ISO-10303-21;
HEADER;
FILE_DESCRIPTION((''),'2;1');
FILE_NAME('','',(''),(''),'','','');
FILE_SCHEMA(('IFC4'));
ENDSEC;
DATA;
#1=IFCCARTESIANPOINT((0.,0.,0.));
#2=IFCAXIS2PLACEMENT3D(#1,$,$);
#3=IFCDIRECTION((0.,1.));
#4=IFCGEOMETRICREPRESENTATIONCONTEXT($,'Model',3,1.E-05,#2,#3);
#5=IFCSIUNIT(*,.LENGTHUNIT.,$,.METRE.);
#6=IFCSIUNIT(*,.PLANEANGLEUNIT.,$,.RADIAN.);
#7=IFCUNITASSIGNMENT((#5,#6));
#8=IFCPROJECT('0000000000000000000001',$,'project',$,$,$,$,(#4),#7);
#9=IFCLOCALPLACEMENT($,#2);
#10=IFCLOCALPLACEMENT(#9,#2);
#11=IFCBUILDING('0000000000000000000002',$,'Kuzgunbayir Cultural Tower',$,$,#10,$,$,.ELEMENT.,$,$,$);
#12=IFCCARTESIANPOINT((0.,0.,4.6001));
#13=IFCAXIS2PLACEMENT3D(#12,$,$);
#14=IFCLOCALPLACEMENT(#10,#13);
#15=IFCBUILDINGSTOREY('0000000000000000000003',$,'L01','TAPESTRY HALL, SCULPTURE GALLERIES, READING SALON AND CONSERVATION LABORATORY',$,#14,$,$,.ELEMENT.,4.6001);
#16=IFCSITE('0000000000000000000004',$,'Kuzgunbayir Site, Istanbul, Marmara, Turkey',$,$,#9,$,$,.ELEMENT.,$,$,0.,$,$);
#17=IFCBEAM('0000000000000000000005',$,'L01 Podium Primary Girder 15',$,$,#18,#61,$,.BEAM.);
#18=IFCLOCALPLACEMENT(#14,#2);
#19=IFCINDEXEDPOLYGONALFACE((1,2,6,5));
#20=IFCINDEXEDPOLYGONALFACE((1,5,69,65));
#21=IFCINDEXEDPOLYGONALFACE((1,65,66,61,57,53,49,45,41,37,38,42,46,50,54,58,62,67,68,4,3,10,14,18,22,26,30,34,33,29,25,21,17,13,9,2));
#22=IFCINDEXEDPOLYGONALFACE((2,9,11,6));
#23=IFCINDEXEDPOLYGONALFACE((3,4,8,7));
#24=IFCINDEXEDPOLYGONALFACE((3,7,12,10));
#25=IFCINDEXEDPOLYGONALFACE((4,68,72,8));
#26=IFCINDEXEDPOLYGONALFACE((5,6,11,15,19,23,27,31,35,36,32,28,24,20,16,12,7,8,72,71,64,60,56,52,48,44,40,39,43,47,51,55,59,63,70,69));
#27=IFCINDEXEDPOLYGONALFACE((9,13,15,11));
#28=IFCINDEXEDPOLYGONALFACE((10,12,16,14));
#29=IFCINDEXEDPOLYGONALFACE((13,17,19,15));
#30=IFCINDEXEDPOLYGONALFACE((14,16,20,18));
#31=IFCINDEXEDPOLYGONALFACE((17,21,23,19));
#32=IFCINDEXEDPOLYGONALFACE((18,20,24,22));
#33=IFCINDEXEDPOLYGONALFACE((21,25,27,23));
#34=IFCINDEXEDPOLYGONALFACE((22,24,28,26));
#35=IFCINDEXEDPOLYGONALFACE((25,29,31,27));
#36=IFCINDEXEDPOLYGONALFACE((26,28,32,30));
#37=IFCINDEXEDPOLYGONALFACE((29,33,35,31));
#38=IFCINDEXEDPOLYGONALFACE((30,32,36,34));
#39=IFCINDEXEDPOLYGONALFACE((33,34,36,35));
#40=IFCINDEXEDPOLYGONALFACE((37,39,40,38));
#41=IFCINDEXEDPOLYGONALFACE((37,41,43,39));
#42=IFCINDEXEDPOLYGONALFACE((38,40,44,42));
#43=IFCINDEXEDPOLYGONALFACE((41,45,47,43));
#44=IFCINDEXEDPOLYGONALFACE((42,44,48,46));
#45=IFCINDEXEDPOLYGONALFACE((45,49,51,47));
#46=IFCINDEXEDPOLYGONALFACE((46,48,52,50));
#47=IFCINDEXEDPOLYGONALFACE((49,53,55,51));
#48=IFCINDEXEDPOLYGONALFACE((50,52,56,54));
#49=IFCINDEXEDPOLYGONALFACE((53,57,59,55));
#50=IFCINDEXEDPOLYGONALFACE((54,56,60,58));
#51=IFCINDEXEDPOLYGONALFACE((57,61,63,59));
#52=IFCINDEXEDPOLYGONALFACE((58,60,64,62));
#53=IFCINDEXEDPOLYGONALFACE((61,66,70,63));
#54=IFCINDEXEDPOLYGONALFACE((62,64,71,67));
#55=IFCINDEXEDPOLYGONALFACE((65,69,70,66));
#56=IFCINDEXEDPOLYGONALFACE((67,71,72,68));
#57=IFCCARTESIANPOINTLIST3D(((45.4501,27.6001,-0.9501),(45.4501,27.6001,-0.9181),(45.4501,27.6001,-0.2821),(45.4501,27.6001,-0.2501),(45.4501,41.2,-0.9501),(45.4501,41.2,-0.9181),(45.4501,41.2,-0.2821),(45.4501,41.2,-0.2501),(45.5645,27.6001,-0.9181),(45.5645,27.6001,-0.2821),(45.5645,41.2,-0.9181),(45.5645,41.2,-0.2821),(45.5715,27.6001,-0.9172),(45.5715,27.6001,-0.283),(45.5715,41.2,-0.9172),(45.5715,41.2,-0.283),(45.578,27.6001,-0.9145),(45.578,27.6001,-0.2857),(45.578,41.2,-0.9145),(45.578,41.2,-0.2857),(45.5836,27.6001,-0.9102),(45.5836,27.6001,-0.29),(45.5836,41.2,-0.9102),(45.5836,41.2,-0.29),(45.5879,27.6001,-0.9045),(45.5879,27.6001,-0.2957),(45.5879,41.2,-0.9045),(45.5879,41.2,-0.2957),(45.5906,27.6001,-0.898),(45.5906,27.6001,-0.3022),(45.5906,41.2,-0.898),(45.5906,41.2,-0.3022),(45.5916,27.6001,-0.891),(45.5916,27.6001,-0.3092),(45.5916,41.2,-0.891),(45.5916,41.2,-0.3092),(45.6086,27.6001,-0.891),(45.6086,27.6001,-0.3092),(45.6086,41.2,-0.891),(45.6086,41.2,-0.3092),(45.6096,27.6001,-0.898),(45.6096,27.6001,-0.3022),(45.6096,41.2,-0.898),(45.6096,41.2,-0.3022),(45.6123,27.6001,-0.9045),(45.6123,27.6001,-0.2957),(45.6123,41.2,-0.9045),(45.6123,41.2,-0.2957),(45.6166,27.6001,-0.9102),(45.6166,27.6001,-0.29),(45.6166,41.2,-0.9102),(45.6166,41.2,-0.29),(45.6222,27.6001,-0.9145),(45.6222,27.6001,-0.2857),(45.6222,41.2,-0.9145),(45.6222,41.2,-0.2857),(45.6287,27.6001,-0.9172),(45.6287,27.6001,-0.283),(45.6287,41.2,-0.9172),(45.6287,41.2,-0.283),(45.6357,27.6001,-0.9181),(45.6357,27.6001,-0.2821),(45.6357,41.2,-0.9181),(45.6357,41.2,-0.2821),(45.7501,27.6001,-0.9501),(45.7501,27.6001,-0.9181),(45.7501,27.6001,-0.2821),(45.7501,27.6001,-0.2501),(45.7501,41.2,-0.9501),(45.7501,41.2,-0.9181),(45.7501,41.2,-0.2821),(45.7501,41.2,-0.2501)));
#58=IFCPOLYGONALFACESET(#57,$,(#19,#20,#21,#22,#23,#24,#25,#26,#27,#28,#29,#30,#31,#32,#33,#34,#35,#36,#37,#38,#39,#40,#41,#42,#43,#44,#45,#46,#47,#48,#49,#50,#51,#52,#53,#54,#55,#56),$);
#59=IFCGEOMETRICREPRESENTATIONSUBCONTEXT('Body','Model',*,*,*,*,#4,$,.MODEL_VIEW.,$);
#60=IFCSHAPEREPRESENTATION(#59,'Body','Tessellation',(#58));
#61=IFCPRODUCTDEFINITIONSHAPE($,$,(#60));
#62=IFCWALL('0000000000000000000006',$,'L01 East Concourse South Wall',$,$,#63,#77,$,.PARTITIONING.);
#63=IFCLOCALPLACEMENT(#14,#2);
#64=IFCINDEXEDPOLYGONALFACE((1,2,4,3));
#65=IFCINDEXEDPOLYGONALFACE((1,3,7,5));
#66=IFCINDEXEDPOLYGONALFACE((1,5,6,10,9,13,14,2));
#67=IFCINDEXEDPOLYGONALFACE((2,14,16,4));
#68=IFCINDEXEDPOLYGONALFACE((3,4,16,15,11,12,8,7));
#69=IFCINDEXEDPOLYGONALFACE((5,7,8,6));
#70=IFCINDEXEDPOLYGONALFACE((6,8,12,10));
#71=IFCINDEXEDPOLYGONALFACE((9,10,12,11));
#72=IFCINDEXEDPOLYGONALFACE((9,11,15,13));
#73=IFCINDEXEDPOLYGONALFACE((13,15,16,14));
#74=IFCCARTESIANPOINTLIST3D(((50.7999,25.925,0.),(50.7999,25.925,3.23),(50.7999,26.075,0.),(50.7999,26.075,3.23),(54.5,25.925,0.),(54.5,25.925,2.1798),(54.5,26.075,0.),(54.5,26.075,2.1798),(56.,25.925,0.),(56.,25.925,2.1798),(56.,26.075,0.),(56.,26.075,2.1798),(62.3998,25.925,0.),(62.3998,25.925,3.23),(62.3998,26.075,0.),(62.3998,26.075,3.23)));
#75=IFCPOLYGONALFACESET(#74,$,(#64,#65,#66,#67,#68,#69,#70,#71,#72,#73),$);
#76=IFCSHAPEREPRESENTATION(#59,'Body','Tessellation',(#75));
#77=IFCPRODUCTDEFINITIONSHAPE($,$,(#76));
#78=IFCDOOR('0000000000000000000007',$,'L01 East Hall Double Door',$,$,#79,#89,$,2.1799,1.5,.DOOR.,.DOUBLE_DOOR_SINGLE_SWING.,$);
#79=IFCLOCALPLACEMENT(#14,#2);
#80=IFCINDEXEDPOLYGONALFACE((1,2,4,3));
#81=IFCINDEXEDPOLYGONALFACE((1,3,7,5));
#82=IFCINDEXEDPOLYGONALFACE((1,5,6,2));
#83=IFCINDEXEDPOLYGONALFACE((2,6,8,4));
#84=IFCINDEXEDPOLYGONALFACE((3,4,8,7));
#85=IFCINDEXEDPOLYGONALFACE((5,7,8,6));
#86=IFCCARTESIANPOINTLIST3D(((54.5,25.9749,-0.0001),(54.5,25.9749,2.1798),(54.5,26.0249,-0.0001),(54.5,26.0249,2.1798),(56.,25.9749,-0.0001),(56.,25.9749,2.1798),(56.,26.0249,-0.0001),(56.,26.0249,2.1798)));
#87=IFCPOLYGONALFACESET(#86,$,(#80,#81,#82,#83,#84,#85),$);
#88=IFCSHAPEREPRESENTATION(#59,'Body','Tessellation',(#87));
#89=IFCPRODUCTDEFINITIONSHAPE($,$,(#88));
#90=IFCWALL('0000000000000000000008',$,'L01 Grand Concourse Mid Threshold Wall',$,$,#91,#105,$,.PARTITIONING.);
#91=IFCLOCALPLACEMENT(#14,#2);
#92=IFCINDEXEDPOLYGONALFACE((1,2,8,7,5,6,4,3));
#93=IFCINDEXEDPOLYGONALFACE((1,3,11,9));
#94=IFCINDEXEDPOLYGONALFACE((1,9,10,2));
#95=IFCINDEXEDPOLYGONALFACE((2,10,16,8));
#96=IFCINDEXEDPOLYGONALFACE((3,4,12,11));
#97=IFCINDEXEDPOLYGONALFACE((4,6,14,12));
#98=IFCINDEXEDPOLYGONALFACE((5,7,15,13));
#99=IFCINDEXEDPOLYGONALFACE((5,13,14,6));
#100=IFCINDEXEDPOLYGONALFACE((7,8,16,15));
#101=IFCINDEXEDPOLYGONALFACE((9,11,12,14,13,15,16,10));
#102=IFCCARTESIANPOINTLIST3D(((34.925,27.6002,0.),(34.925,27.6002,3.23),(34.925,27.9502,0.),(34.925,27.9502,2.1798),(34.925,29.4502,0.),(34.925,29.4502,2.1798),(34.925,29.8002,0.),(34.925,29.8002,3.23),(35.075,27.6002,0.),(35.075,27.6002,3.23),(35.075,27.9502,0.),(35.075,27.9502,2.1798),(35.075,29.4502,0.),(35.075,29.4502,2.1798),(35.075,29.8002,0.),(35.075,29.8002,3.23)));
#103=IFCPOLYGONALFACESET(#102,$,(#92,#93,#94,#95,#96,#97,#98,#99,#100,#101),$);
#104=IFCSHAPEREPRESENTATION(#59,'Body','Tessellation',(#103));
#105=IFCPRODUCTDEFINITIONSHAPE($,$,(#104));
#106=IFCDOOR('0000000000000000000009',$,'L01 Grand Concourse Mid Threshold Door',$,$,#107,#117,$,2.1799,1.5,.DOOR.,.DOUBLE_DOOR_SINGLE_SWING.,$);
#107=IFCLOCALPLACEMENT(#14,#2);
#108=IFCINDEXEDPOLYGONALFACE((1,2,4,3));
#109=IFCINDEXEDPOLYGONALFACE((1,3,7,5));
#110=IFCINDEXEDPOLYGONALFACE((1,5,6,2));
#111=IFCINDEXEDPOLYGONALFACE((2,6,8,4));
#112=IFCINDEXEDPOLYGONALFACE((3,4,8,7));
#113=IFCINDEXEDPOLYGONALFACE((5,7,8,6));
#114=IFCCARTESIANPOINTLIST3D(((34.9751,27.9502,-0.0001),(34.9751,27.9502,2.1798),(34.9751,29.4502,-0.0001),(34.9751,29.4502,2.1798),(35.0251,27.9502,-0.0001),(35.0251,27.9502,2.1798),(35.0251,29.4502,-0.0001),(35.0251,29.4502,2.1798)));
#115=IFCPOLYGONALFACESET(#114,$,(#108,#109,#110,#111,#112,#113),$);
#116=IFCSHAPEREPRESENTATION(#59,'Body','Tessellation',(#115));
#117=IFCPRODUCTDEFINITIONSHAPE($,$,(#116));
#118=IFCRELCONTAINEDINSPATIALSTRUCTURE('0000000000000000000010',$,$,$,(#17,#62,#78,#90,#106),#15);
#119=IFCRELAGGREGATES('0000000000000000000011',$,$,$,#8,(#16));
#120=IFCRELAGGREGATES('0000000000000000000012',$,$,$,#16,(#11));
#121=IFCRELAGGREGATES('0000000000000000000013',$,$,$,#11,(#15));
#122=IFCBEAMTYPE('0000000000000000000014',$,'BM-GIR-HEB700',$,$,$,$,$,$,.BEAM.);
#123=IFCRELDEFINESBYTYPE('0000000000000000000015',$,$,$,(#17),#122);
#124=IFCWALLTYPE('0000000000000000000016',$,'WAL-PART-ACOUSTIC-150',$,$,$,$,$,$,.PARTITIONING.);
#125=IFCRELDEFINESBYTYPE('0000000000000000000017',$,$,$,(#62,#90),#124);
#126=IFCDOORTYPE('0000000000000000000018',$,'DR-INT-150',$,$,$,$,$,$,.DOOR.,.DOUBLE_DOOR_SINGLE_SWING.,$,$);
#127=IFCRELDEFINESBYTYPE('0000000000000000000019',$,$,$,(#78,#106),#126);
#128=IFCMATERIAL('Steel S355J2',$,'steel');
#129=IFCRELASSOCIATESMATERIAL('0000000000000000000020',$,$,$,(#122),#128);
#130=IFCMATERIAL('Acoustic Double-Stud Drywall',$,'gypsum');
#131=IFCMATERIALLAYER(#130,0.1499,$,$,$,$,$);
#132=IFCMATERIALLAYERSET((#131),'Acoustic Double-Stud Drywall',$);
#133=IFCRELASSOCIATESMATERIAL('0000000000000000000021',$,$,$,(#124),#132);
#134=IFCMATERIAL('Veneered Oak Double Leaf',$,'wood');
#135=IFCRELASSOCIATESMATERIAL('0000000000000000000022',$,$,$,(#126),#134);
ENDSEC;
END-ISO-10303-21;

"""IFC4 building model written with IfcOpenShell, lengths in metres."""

from ifc_helpers import new_model, si_unit, direction, frame, frame_2d, origin, origin_2d, place, context, subcontext, project, spatial, rectangle, i_section, extrude, material, layer, layer_set, material_profile, profile_set, type_object, element, fill, save


model = new_model("IFC4")

# Units and contexts
model_context = context("Model", 3, precision=1e-05, world=origin(), true_north=direction((0.0, 1.0)))
body_context = subcontext(model_context, "Body", "Model", "MODEL_VIEW")
ifc_project = project(units=[si_unit("LENGTHUNIT", "METRE"), si_unit("PLANEANGLEUNIT", "RADIAN")], contexts=[model_context])

# Site, building, storey
site_placement = place(None, origin())
site = spatial("IfcSite", under=ifc_project, at=site_placement, Name="Kuzgunbayir Site, Istanbul, Marmara, Turkey", CompositionType="ELEMENT", RefElevation=0.0)
building_placement = place(site_placement, origin())
building = spatial("IfcBuilding", under=site, at=building_placement, Name="Kuzgunbayir Cultural Tower", CompositionType="ELEMENT")
storey_placement = place(building_placement, frame((0.0, 0.0, 4.6001)))
storey = spatial("IfcBuildingStorey", under=building, at=storey_placement, Name="L01", Description="TAPESTRY HALL, SCULPTURE GALLERIES, READING SALON AND CONSERVATION LABORATORY", CompositionType="ELEMENT", Elevation=4.6001)

# Beam
ifc_material_1 = material(Name="Steel S355J2", Category="steel")
ifc_material_profile_1 = material_profile(ifc_material_1, i_section(OverallWidth=0.3, OverallDepth=0.7, WebThickness=0.0171, FlangeThickness=0.032, FilletRadius=0.0271, at=origin_2d()), Name="HEB 700")
ifc_profile_set_1 = profile_set([ifc_material_profile_1], Name="Steel S355J2")
beam_type = type_object("IfcBeamType", Name="BM-GIR-HEB700", PredefinedType="BEAM", material=ifc_profile_set_1)
for number, where, z_axis, x_axis, name in (
    (1, (45.6001, 27.6001, -0.6001), (0.0, 1.0, 0.0), (-1.0, 0.0, 0.0), "L01 Podium Primary Girder 15"),
):
    element("IfcBeam", number, at=place(storey_placement, frame(where, z_axis=z_axis, x_axis=x_axis)), inside=storey, type_object=beam_type, Name=name, PredefinedType="BEAM", context=body_context, shape_type="SweptSolid", body=[
        extrude(i_section(OverallWidth=0.3, OverallDepth=0.7, WebThickness=0.0171, FlangeThickness=0.032, FilletRadius=0.0271, at=origin_2d()), origin(), (0.0, 0.0, 1.0), 13.5999),
    ])

# Walls, openings, doors
ifc_material_2 = material(Name="Acoustic Double-Stud Drywall", Category="gypsum")
ifc_layer_1 = layer(ifc_material_2, 0.1499)
ifc_layer_set_1 = layer_set([ifc_layer_1], Name="Acoustic Double-Stud Drywall")
wall_type_1 = type_object("IfcWallType", Name="WAL-PART-ACOUSTIC-150", PredefinedType="PARTITIONING", material=ifc_layer_set_1)
wall_1_placement = place(storey_placement, frame((50.8, 26.0, 0.0), z_axis=(0.0, 0.0, 1.0), x_axis=(1.0, 0.0, 0.0)))
wall_1 = element("IfcWall", 2, at=wall_1_placement, inside=storey, type_object=wall_type_1, Name="L01 East Concourse South Wall", PredefinedType="PARTITIONING", context=body_context, shape_type="SweptSolid", body=[
    extrude(rectangle(XDim=11.5999, YDim=0.1499, at=frame_2d((5.7998, 0.0))), origin(), (0.0, 0.0, 1.0), 3.23),
])
opening_1_placement = place(wall_1_placement, frame((3.7, 0.0, 0.0)))
opening_1 = element("IfcOpeningElement", 3, at=opening_1_placement, cuts=wall_1, PredefinedType="OPENING", context=body_context, shape_type="SweptSolid", body=[
    extrude(rectangle(XDim=1.5, YDim=2.1799, at=frame_2d((0.75, 1.0898))), frame((0.0, 0.085, 0.0), z_axis=(0.0, -1.0, 0.0), x_axis=(1.0, 0.0, 0.0)), (0.0, 0.0, 1.0), 0.1699),
])
ifc_material_3 = material(Name="Veneered Oak Double Leaf", Category="wood")
door_type_1 = type_object("IfcDoorType", Name="DR-INT-150", OperationType="DOUBLE_DOOR_SINGLE_SWING", PredefinedType="DOOR", material=ifc_material_3)
door_1_placement = place(opening_1_placement, origin())
door_1 = element("IfcDoor", 4, at=door_1_placement, inside=storey, type_object=door_type_1, Name="L01 East Hall Double Door", OperationType="DOUBLE_DOOR_SINGLE_SWING", OverallHeight=2.1799, OverallWidth=1.5, PredefinedType="DOOR", context=body_context, shape_type="SweptSolid", body=[
    extrude(rectangle(XDim=1.5, YDim=2.1799, at=frame_2d((0.75, 1.0898))), frame((0.0, 0.0249, 0.0), z_axis=(0.0, -1.0, 0.0), x_axis=(1.0, 0.0, 0.0)), (0.0, 0.0, 1.0), 0.05),
])
fill(opening_1, door_1)
wall_2_placement = place(storey_placement, frame((35.0, 27.6001, 0.0), z_axis=(0.0, 0.0, 1.0), x_axis=(0.0, 1.0, 0.0)))
wall_2 = element("IfcWall", 5, at=wall_2_placement, inside=storey, type_object=wall_type_1, Name="L01 Grand Concourse Mid Threshold Wall", PredefinedType="PARTITIONING", context=body_context, shape_type="SweptSolid", body=[
    extrude(rectangle(XDim=2.2, YDim=0.1499, at=frame_2d((1.1001, 0.0))), origin(), (0.0, 0.0, 1.0), 3.23),
])
opening_2_placement = place(wall_2_placement, frame((0.3501, 0.0, 0.0)))
opening_2 = element("IfcOpeningElement", 6, at=opening_2_placement, cuts=wall_2, PredefinedType="OPENING", context=body_context, shape_type="SweptSolid", body=[
    extrude(rectangle(XDim=1.5, YDim=2.1799, at=frame_2d((0.75, 1.0898))), frame((0.0, 0.085, 0.0), z_axis=(0.0, -1.0, 0.0), x_axis=(1.0, 0.0, 0.0)), (0.0, 0.0, 1.0), 0.1699),
])
door_2_placement = place(opening_2_placement, origin())
door_2 = element("IfcDoor", 7, at=door_2_placement, inside=storey, type_object=door_type_1, Name="L01 Grand Concourse Mid Threshold Door", OperationType="DOUBLE_DOOR_SINGLE_SWING", OverallHeight=2.1799, OverallWidth=1.5, PredefinedType="DOOR", context=body_context, shape_type="SweptSolid", body=[
    extrude(rectangle(XDim=1.5, YDim=2.1799, at=frame_2d((0.75, 1.0898))), frame((0.0, 0.0249, 0.0), z_axis=(0.0, -1.0, 0.0), x_axis=(1.0, 0.0, 0.0)), (0.0, 0.0, 1.0), 0.05),
])
fill(opening_2, door_2)

save(model, "model.ifc")
